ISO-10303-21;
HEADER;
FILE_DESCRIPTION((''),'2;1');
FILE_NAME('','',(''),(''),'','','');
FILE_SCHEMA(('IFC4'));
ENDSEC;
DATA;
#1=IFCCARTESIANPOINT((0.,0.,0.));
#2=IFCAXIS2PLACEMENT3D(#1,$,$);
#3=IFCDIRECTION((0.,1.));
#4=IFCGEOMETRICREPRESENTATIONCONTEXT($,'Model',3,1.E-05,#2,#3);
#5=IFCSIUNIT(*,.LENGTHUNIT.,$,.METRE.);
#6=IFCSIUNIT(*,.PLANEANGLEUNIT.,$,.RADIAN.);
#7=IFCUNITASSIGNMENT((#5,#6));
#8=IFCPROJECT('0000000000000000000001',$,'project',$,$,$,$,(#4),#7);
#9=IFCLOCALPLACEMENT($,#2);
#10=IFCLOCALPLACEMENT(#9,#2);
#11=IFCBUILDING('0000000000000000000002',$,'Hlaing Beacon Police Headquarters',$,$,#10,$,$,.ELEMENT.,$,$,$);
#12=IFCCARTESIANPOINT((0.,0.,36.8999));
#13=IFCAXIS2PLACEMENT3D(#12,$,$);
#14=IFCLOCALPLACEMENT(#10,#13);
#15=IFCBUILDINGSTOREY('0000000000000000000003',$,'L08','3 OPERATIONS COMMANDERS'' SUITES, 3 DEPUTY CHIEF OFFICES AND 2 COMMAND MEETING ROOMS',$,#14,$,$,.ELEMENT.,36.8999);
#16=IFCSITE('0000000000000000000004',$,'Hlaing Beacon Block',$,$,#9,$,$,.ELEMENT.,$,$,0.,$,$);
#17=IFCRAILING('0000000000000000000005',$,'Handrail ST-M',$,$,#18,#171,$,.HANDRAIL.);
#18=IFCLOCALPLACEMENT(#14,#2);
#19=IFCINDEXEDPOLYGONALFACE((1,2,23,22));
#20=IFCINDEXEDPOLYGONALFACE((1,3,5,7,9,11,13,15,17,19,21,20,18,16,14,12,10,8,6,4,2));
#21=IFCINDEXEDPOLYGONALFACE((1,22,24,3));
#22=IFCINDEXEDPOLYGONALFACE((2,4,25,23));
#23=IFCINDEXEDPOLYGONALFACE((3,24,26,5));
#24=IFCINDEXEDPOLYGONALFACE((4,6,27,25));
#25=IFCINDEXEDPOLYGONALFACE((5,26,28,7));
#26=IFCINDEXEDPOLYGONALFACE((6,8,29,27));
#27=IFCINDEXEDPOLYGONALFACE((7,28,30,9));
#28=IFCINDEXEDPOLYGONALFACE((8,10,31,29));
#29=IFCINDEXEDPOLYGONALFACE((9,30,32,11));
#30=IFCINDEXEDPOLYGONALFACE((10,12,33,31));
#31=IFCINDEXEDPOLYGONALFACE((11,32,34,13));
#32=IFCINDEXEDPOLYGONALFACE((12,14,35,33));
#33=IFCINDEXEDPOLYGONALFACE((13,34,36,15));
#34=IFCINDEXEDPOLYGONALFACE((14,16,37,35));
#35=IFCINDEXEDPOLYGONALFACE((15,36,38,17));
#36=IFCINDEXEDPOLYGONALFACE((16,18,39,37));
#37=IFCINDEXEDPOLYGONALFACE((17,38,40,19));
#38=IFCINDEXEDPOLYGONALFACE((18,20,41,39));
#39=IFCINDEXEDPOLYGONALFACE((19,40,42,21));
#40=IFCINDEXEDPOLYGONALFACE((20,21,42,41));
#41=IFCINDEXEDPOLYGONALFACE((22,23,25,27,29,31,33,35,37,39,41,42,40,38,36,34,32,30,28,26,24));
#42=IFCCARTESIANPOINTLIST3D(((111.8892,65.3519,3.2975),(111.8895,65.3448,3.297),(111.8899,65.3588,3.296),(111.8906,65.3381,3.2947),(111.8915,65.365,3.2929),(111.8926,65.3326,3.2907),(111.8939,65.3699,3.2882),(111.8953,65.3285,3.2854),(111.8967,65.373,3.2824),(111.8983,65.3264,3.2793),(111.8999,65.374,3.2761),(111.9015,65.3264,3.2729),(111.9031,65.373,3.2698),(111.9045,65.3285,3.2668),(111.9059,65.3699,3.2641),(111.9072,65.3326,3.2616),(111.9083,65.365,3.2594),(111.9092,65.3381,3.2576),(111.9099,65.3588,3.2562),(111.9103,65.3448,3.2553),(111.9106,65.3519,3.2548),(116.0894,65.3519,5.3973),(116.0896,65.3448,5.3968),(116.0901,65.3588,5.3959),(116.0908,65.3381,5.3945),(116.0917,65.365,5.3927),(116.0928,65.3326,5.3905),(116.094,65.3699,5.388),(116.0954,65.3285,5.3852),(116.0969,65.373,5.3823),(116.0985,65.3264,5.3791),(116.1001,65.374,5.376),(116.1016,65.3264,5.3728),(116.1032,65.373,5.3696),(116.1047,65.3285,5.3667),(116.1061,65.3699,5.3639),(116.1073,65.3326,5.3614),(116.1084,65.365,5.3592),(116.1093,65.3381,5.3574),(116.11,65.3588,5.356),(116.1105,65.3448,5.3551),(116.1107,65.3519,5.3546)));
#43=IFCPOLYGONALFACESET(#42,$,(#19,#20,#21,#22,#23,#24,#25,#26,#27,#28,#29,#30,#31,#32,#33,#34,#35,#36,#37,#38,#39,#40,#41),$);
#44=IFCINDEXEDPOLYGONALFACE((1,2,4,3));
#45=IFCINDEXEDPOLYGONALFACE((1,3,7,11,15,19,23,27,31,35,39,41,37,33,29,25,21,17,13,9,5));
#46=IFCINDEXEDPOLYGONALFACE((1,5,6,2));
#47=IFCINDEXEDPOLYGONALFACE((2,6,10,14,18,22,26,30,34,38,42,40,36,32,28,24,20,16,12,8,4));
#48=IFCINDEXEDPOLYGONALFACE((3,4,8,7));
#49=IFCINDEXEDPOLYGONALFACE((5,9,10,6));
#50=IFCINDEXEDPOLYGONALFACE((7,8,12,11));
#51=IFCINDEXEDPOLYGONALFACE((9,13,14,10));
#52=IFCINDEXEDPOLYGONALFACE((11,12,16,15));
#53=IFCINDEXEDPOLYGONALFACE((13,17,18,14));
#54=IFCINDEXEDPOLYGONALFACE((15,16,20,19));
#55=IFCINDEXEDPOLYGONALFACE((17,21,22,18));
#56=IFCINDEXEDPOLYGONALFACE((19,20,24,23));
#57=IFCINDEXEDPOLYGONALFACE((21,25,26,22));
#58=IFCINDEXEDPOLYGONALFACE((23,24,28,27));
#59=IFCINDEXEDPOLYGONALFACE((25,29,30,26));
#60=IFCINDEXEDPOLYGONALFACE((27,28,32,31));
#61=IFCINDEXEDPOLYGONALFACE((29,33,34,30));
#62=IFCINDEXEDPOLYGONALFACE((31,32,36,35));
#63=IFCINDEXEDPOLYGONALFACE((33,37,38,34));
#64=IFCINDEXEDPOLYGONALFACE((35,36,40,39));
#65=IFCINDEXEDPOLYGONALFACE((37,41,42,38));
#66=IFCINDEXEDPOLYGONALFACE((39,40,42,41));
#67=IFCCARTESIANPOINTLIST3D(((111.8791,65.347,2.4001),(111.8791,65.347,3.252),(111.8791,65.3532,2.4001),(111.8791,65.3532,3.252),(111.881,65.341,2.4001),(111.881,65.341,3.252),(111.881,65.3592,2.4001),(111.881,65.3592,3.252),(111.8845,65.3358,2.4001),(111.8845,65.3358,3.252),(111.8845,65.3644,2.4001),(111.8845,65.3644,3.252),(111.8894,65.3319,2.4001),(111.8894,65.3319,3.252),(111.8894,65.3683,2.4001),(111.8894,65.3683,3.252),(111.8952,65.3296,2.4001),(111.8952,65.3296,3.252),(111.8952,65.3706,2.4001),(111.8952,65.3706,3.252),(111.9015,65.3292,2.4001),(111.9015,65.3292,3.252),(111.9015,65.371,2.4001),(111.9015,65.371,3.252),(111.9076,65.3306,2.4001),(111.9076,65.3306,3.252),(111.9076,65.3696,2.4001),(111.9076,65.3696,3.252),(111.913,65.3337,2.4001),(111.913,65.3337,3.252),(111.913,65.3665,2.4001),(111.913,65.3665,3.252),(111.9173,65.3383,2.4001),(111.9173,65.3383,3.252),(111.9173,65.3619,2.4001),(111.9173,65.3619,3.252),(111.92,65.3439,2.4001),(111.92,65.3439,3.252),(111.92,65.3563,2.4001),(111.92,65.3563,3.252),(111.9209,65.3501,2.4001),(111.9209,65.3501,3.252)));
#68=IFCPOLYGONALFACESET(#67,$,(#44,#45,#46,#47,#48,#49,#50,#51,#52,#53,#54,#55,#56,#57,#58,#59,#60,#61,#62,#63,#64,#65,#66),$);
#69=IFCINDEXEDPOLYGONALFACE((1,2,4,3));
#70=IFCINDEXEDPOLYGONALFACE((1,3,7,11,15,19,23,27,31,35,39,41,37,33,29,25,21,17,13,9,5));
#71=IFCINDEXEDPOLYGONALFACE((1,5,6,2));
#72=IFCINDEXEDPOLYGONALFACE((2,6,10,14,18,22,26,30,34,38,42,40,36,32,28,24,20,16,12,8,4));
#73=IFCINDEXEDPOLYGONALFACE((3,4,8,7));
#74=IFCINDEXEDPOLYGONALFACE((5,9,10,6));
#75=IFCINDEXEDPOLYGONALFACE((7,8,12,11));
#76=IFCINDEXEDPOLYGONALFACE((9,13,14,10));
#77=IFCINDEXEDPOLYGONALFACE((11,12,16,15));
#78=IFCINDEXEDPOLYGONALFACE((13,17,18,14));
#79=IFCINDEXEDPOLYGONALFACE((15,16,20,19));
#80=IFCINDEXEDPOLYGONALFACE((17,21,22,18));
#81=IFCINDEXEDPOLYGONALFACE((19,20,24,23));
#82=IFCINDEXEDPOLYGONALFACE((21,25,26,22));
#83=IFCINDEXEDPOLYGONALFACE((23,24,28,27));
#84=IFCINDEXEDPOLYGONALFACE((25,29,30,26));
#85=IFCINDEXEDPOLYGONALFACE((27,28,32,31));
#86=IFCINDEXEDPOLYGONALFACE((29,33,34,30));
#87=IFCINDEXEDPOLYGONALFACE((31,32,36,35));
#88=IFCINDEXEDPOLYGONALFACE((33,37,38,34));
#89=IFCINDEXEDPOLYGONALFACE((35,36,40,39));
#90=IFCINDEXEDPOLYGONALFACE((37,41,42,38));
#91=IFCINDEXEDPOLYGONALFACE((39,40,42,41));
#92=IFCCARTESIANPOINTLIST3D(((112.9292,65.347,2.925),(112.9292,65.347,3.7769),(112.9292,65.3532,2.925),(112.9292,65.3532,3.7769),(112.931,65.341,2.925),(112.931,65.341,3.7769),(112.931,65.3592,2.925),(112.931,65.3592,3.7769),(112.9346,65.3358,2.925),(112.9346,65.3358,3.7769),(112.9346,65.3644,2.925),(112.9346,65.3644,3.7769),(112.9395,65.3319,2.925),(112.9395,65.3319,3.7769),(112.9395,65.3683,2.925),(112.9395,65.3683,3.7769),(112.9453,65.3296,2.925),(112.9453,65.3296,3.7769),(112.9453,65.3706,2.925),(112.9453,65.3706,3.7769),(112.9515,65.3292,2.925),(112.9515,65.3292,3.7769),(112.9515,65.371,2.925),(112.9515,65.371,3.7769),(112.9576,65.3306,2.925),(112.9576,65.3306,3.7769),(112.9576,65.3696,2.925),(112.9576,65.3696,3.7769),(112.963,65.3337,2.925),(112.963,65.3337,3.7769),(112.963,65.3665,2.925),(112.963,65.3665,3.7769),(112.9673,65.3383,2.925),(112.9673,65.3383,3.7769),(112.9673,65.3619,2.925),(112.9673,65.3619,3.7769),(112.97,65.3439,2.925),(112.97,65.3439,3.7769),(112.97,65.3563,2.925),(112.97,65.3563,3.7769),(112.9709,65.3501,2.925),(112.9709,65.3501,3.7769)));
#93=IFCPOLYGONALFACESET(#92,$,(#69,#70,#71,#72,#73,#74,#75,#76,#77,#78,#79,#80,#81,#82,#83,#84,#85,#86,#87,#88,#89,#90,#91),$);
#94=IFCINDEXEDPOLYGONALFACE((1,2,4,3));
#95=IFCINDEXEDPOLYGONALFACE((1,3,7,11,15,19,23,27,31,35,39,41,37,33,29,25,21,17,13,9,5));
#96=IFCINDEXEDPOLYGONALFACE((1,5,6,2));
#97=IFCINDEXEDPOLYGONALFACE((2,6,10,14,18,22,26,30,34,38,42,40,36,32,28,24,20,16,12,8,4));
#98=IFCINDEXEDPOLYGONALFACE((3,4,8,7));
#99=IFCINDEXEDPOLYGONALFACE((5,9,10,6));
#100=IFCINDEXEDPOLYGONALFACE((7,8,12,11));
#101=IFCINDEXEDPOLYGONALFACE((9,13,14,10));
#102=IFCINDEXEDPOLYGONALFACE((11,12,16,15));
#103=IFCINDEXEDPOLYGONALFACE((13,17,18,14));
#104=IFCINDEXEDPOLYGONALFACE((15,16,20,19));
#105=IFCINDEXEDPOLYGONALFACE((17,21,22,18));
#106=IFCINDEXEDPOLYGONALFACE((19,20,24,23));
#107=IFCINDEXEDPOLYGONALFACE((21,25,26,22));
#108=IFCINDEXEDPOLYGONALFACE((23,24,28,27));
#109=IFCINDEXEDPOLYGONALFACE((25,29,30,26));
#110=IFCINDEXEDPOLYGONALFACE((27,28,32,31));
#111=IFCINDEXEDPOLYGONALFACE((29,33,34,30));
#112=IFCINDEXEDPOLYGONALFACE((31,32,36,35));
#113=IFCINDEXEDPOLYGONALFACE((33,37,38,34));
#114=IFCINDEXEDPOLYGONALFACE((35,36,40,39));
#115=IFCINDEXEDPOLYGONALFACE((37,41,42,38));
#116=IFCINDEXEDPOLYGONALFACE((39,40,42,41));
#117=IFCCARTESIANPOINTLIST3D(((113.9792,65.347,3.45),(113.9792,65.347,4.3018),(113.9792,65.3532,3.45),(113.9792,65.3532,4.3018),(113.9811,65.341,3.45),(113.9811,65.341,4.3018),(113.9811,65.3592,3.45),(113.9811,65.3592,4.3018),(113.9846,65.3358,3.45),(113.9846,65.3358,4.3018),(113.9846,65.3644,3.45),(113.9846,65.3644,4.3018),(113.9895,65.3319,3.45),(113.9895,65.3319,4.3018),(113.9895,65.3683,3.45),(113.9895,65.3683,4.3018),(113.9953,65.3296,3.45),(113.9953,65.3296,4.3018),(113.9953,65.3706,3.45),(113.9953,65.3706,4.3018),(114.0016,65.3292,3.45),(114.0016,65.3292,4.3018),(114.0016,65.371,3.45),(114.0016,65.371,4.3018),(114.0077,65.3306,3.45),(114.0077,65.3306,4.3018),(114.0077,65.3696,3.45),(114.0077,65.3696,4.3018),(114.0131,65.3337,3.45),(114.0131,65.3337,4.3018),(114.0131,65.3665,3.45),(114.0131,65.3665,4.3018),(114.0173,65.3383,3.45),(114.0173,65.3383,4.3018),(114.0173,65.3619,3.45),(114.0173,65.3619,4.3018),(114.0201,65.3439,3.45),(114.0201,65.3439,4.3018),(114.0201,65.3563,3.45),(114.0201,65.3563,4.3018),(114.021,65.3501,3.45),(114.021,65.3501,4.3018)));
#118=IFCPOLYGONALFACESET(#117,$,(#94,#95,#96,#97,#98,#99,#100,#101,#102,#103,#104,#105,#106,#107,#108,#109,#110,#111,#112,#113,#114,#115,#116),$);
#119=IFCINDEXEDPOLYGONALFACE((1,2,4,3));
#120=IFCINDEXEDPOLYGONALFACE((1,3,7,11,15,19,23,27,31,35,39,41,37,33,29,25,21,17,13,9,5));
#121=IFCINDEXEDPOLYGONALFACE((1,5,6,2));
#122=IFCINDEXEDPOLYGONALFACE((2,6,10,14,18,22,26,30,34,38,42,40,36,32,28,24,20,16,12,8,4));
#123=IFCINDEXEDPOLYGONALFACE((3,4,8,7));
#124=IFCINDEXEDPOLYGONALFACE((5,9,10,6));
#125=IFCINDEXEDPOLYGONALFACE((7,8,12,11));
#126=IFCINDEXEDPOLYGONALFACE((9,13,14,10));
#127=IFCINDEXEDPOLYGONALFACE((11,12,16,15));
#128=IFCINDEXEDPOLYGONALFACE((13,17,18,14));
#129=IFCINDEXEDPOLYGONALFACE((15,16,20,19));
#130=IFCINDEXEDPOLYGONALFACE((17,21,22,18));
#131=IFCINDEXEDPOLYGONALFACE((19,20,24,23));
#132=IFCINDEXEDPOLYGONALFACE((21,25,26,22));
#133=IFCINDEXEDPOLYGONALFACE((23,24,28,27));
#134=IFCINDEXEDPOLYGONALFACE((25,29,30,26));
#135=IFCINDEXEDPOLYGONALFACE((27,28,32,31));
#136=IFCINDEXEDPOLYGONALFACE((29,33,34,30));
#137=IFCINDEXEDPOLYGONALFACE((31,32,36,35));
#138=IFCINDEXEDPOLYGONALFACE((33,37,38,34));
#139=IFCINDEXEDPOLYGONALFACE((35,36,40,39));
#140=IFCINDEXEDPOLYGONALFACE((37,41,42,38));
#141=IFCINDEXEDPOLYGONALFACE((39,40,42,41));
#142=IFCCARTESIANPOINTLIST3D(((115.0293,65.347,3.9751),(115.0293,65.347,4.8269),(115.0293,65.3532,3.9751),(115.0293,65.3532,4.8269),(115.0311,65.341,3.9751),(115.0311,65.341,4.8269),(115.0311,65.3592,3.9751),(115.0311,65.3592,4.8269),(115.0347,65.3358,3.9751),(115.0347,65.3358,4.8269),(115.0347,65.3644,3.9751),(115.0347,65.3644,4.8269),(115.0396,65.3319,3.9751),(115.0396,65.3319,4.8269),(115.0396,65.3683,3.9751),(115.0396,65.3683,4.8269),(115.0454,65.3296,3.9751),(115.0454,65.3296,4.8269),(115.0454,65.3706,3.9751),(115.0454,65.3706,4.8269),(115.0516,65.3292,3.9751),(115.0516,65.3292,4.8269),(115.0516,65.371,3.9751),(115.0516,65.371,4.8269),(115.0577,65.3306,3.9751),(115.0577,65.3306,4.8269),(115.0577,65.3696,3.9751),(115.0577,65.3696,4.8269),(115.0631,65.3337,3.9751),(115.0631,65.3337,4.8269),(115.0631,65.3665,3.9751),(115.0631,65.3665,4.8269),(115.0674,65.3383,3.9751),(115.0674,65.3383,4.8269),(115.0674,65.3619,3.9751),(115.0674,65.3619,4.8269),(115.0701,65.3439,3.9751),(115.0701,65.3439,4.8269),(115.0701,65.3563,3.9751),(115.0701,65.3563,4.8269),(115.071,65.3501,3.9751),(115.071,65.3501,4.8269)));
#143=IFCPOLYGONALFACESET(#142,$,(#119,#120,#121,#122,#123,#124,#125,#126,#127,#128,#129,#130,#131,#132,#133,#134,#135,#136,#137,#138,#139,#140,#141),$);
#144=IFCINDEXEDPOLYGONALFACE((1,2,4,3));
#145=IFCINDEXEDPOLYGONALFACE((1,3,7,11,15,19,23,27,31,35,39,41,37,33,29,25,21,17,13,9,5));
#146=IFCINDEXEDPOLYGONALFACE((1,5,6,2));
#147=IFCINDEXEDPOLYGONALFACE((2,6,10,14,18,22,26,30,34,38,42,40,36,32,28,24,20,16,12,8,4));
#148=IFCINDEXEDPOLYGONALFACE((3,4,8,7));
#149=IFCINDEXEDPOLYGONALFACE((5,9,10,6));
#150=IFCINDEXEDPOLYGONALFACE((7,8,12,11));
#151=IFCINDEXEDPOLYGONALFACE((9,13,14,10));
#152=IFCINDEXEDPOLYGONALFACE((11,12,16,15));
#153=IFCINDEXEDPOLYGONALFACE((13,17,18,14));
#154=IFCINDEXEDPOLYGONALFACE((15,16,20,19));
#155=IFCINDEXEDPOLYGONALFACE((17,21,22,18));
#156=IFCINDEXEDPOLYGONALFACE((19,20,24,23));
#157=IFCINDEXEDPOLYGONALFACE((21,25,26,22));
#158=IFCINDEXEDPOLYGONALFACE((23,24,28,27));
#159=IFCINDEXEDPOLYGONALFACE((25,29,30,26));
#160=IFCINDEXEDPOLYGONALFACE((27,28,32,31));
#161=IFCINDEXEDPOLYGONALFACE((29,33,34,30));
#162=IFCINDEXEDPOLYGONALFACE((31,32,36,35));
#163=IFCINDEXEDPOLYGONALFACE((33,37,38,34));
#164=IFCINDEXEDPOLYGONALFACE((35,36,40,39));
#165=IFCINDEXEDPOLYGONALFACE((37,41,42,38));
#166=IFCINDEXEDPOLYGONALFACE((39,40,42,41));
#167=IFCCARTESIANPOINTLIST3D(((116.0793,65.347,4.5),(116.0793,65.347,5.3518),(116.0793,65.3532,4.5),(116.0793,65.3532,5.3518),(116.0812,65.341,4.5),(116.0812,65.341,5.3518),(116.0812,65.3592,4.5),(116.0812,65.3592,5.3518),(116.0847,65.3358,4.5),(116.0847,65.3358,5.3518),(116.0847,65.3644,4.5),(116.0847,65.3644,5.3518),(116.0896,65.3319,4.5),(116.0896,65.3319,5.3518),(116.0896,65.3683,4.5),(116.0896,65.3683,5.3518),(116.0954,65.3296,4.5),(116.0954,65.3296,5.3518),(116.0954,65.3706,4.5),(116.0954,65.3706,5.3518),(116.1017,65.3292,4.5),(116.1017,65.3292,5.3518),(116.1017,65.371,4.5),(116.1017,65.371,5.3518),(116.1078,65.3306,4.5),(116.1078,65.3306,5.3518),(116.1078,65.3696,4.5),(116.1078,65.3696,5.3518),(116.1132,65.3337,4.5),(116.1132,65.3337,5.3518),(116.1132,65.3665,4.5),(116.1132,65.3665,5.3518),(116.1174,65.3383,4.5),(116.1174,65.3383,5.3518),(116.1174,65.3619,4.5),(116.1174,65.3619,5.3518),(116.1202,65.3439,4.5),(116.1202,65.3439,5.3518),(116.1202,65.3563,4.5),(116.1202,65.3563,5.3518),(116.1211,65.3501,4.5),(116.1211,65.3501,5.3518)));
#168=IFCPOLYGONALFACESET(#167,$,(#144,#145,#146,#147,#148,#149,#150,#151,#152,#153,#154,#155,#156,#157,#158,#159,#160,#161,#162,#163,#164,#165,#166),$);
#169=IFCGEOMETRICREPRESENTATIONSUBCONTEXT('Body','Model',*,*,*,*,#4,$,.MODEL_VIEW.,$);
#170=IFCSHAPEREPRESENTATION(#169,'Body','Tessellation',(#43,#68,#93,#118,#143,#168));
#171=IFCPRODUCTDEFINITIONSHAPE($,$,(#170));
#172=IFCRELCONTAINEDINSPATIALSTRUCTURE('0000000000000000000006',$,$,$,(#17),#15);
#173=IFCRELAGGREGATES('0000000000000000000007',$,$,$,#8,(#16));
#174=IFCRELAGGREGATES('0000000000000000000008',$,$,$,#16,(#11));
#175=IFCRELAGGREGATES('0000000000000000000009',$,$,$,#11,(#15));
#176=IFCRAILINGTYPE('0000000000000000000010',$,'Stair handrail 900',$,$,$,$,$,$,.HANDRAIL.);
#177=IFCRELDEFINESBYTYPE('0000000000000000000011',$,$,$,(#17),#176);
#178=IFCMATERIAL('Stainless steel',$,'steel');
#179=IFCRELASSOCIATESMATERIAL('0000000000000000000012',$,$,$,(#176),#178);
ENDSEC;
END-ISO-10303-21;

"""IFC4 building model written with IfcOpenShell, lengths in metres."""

from ifc_helpers import new_model, si_unit, direction, frame, origin, origin_2d, place, context, subcontext, project, spatial, circle, extrude, material, type_object, element, save


model = new_model("IFC4")

# Units and contexts
model_context = context("Model", 3, precision=1e-05, world=origin(), true_north=direction((0.0, 1.0)))
body_context = subcontext(model_context, "Body", "Model", "MODEL_VIEW")
ifc_project = project(units=[si_unit("LENGTHUNIT", "METRE"), si_unit("PLANEANGLEUNIT", "RADIAN")], contexts=[model_context])

# Site, building, storey
site_placement = place(None, origin())
site = spatial("IfcSite", under=ifc_project, at=site_placement, Name="Hlaing Beacon Block", CompositionType="ELEMENT", RefElevation=0.0)
building_placement = place(site_placement, origin())
building = spatial("IfcBuilding", under=site, at=building_placement, Name="Hlaing Beacon Police Headquarters", CompositionType="ELEMENT")
storey_placement = place(building_placement, frame((0.0, 0.0, 36.8999)))
storey = spatial("IfcBuildingStorey", under=building, at=storey_placement, Name="L08", Description="3 OPERATIONS COMMANDERS' SUITES, 3 DEPUTY CHIEF OFFICES AND 2 COMMAND MEETING ROOMS", CompositionType="ELEMENT", Elevation=36.8999)

# Railing
ifc_material_1 = material(Name="Stainless steel", Category="steel")
railing_type_1 = type_object("IfcRailingType", Name="Stair handrail 900", PredefinedType="HANDRAIL", material=ifc_material_1)
for number, where, name in (
    (1, (111.8999, 65.3501, 2.4001), "Handrail ST-M"),
):
    element("IfcRailing", number, at=place(storey_placement, frame(where)), inside=storey, type_object=railing_type_1, Name=name, PredefinedType="HANDRAIL", context=body_context, shape_type="SweptSolid", body=[
        extrude(circle(Radius=0.0239, at=origin_2d()), frame((0.0, 0.0, 0.876), z_axis=(0.894448, 0.0, 0.447172), x_axis=(0.0, 1.0, 0.0)), (0.0, 0.0, 1.0), 4.6958),
        extrude(circle(Radius=0.021, at=origin_2d()), origin(), (0.0, 0.0, 1.0), 0.8518),
        extrude(circle(Radius=0.021, at=origin_2d()), frame((1.05, 0.0, 0.5249)), (0.0, 0.0, 1.0), 0.8518),
        extrude(circle(Radius=0.021, at=origin_2d()), frame((2.1001, 0.0, 1.0498)), (0.0, 0.0, 1.0), 0.8518),
        extrude(circle(Radius=0.021, at=origin_2d()), frame((3.1501, 0.0, 1.575)), (0.0, 0.0, 1.0), 0.8518),
        extrude(circle(Radius=0.021, at=origin_2d()), frame((4.2002, 0.0, 2.0999)), (0.0, 0.0, 1.0), 0.8518),
    ])

save(model, "model.ifc")
